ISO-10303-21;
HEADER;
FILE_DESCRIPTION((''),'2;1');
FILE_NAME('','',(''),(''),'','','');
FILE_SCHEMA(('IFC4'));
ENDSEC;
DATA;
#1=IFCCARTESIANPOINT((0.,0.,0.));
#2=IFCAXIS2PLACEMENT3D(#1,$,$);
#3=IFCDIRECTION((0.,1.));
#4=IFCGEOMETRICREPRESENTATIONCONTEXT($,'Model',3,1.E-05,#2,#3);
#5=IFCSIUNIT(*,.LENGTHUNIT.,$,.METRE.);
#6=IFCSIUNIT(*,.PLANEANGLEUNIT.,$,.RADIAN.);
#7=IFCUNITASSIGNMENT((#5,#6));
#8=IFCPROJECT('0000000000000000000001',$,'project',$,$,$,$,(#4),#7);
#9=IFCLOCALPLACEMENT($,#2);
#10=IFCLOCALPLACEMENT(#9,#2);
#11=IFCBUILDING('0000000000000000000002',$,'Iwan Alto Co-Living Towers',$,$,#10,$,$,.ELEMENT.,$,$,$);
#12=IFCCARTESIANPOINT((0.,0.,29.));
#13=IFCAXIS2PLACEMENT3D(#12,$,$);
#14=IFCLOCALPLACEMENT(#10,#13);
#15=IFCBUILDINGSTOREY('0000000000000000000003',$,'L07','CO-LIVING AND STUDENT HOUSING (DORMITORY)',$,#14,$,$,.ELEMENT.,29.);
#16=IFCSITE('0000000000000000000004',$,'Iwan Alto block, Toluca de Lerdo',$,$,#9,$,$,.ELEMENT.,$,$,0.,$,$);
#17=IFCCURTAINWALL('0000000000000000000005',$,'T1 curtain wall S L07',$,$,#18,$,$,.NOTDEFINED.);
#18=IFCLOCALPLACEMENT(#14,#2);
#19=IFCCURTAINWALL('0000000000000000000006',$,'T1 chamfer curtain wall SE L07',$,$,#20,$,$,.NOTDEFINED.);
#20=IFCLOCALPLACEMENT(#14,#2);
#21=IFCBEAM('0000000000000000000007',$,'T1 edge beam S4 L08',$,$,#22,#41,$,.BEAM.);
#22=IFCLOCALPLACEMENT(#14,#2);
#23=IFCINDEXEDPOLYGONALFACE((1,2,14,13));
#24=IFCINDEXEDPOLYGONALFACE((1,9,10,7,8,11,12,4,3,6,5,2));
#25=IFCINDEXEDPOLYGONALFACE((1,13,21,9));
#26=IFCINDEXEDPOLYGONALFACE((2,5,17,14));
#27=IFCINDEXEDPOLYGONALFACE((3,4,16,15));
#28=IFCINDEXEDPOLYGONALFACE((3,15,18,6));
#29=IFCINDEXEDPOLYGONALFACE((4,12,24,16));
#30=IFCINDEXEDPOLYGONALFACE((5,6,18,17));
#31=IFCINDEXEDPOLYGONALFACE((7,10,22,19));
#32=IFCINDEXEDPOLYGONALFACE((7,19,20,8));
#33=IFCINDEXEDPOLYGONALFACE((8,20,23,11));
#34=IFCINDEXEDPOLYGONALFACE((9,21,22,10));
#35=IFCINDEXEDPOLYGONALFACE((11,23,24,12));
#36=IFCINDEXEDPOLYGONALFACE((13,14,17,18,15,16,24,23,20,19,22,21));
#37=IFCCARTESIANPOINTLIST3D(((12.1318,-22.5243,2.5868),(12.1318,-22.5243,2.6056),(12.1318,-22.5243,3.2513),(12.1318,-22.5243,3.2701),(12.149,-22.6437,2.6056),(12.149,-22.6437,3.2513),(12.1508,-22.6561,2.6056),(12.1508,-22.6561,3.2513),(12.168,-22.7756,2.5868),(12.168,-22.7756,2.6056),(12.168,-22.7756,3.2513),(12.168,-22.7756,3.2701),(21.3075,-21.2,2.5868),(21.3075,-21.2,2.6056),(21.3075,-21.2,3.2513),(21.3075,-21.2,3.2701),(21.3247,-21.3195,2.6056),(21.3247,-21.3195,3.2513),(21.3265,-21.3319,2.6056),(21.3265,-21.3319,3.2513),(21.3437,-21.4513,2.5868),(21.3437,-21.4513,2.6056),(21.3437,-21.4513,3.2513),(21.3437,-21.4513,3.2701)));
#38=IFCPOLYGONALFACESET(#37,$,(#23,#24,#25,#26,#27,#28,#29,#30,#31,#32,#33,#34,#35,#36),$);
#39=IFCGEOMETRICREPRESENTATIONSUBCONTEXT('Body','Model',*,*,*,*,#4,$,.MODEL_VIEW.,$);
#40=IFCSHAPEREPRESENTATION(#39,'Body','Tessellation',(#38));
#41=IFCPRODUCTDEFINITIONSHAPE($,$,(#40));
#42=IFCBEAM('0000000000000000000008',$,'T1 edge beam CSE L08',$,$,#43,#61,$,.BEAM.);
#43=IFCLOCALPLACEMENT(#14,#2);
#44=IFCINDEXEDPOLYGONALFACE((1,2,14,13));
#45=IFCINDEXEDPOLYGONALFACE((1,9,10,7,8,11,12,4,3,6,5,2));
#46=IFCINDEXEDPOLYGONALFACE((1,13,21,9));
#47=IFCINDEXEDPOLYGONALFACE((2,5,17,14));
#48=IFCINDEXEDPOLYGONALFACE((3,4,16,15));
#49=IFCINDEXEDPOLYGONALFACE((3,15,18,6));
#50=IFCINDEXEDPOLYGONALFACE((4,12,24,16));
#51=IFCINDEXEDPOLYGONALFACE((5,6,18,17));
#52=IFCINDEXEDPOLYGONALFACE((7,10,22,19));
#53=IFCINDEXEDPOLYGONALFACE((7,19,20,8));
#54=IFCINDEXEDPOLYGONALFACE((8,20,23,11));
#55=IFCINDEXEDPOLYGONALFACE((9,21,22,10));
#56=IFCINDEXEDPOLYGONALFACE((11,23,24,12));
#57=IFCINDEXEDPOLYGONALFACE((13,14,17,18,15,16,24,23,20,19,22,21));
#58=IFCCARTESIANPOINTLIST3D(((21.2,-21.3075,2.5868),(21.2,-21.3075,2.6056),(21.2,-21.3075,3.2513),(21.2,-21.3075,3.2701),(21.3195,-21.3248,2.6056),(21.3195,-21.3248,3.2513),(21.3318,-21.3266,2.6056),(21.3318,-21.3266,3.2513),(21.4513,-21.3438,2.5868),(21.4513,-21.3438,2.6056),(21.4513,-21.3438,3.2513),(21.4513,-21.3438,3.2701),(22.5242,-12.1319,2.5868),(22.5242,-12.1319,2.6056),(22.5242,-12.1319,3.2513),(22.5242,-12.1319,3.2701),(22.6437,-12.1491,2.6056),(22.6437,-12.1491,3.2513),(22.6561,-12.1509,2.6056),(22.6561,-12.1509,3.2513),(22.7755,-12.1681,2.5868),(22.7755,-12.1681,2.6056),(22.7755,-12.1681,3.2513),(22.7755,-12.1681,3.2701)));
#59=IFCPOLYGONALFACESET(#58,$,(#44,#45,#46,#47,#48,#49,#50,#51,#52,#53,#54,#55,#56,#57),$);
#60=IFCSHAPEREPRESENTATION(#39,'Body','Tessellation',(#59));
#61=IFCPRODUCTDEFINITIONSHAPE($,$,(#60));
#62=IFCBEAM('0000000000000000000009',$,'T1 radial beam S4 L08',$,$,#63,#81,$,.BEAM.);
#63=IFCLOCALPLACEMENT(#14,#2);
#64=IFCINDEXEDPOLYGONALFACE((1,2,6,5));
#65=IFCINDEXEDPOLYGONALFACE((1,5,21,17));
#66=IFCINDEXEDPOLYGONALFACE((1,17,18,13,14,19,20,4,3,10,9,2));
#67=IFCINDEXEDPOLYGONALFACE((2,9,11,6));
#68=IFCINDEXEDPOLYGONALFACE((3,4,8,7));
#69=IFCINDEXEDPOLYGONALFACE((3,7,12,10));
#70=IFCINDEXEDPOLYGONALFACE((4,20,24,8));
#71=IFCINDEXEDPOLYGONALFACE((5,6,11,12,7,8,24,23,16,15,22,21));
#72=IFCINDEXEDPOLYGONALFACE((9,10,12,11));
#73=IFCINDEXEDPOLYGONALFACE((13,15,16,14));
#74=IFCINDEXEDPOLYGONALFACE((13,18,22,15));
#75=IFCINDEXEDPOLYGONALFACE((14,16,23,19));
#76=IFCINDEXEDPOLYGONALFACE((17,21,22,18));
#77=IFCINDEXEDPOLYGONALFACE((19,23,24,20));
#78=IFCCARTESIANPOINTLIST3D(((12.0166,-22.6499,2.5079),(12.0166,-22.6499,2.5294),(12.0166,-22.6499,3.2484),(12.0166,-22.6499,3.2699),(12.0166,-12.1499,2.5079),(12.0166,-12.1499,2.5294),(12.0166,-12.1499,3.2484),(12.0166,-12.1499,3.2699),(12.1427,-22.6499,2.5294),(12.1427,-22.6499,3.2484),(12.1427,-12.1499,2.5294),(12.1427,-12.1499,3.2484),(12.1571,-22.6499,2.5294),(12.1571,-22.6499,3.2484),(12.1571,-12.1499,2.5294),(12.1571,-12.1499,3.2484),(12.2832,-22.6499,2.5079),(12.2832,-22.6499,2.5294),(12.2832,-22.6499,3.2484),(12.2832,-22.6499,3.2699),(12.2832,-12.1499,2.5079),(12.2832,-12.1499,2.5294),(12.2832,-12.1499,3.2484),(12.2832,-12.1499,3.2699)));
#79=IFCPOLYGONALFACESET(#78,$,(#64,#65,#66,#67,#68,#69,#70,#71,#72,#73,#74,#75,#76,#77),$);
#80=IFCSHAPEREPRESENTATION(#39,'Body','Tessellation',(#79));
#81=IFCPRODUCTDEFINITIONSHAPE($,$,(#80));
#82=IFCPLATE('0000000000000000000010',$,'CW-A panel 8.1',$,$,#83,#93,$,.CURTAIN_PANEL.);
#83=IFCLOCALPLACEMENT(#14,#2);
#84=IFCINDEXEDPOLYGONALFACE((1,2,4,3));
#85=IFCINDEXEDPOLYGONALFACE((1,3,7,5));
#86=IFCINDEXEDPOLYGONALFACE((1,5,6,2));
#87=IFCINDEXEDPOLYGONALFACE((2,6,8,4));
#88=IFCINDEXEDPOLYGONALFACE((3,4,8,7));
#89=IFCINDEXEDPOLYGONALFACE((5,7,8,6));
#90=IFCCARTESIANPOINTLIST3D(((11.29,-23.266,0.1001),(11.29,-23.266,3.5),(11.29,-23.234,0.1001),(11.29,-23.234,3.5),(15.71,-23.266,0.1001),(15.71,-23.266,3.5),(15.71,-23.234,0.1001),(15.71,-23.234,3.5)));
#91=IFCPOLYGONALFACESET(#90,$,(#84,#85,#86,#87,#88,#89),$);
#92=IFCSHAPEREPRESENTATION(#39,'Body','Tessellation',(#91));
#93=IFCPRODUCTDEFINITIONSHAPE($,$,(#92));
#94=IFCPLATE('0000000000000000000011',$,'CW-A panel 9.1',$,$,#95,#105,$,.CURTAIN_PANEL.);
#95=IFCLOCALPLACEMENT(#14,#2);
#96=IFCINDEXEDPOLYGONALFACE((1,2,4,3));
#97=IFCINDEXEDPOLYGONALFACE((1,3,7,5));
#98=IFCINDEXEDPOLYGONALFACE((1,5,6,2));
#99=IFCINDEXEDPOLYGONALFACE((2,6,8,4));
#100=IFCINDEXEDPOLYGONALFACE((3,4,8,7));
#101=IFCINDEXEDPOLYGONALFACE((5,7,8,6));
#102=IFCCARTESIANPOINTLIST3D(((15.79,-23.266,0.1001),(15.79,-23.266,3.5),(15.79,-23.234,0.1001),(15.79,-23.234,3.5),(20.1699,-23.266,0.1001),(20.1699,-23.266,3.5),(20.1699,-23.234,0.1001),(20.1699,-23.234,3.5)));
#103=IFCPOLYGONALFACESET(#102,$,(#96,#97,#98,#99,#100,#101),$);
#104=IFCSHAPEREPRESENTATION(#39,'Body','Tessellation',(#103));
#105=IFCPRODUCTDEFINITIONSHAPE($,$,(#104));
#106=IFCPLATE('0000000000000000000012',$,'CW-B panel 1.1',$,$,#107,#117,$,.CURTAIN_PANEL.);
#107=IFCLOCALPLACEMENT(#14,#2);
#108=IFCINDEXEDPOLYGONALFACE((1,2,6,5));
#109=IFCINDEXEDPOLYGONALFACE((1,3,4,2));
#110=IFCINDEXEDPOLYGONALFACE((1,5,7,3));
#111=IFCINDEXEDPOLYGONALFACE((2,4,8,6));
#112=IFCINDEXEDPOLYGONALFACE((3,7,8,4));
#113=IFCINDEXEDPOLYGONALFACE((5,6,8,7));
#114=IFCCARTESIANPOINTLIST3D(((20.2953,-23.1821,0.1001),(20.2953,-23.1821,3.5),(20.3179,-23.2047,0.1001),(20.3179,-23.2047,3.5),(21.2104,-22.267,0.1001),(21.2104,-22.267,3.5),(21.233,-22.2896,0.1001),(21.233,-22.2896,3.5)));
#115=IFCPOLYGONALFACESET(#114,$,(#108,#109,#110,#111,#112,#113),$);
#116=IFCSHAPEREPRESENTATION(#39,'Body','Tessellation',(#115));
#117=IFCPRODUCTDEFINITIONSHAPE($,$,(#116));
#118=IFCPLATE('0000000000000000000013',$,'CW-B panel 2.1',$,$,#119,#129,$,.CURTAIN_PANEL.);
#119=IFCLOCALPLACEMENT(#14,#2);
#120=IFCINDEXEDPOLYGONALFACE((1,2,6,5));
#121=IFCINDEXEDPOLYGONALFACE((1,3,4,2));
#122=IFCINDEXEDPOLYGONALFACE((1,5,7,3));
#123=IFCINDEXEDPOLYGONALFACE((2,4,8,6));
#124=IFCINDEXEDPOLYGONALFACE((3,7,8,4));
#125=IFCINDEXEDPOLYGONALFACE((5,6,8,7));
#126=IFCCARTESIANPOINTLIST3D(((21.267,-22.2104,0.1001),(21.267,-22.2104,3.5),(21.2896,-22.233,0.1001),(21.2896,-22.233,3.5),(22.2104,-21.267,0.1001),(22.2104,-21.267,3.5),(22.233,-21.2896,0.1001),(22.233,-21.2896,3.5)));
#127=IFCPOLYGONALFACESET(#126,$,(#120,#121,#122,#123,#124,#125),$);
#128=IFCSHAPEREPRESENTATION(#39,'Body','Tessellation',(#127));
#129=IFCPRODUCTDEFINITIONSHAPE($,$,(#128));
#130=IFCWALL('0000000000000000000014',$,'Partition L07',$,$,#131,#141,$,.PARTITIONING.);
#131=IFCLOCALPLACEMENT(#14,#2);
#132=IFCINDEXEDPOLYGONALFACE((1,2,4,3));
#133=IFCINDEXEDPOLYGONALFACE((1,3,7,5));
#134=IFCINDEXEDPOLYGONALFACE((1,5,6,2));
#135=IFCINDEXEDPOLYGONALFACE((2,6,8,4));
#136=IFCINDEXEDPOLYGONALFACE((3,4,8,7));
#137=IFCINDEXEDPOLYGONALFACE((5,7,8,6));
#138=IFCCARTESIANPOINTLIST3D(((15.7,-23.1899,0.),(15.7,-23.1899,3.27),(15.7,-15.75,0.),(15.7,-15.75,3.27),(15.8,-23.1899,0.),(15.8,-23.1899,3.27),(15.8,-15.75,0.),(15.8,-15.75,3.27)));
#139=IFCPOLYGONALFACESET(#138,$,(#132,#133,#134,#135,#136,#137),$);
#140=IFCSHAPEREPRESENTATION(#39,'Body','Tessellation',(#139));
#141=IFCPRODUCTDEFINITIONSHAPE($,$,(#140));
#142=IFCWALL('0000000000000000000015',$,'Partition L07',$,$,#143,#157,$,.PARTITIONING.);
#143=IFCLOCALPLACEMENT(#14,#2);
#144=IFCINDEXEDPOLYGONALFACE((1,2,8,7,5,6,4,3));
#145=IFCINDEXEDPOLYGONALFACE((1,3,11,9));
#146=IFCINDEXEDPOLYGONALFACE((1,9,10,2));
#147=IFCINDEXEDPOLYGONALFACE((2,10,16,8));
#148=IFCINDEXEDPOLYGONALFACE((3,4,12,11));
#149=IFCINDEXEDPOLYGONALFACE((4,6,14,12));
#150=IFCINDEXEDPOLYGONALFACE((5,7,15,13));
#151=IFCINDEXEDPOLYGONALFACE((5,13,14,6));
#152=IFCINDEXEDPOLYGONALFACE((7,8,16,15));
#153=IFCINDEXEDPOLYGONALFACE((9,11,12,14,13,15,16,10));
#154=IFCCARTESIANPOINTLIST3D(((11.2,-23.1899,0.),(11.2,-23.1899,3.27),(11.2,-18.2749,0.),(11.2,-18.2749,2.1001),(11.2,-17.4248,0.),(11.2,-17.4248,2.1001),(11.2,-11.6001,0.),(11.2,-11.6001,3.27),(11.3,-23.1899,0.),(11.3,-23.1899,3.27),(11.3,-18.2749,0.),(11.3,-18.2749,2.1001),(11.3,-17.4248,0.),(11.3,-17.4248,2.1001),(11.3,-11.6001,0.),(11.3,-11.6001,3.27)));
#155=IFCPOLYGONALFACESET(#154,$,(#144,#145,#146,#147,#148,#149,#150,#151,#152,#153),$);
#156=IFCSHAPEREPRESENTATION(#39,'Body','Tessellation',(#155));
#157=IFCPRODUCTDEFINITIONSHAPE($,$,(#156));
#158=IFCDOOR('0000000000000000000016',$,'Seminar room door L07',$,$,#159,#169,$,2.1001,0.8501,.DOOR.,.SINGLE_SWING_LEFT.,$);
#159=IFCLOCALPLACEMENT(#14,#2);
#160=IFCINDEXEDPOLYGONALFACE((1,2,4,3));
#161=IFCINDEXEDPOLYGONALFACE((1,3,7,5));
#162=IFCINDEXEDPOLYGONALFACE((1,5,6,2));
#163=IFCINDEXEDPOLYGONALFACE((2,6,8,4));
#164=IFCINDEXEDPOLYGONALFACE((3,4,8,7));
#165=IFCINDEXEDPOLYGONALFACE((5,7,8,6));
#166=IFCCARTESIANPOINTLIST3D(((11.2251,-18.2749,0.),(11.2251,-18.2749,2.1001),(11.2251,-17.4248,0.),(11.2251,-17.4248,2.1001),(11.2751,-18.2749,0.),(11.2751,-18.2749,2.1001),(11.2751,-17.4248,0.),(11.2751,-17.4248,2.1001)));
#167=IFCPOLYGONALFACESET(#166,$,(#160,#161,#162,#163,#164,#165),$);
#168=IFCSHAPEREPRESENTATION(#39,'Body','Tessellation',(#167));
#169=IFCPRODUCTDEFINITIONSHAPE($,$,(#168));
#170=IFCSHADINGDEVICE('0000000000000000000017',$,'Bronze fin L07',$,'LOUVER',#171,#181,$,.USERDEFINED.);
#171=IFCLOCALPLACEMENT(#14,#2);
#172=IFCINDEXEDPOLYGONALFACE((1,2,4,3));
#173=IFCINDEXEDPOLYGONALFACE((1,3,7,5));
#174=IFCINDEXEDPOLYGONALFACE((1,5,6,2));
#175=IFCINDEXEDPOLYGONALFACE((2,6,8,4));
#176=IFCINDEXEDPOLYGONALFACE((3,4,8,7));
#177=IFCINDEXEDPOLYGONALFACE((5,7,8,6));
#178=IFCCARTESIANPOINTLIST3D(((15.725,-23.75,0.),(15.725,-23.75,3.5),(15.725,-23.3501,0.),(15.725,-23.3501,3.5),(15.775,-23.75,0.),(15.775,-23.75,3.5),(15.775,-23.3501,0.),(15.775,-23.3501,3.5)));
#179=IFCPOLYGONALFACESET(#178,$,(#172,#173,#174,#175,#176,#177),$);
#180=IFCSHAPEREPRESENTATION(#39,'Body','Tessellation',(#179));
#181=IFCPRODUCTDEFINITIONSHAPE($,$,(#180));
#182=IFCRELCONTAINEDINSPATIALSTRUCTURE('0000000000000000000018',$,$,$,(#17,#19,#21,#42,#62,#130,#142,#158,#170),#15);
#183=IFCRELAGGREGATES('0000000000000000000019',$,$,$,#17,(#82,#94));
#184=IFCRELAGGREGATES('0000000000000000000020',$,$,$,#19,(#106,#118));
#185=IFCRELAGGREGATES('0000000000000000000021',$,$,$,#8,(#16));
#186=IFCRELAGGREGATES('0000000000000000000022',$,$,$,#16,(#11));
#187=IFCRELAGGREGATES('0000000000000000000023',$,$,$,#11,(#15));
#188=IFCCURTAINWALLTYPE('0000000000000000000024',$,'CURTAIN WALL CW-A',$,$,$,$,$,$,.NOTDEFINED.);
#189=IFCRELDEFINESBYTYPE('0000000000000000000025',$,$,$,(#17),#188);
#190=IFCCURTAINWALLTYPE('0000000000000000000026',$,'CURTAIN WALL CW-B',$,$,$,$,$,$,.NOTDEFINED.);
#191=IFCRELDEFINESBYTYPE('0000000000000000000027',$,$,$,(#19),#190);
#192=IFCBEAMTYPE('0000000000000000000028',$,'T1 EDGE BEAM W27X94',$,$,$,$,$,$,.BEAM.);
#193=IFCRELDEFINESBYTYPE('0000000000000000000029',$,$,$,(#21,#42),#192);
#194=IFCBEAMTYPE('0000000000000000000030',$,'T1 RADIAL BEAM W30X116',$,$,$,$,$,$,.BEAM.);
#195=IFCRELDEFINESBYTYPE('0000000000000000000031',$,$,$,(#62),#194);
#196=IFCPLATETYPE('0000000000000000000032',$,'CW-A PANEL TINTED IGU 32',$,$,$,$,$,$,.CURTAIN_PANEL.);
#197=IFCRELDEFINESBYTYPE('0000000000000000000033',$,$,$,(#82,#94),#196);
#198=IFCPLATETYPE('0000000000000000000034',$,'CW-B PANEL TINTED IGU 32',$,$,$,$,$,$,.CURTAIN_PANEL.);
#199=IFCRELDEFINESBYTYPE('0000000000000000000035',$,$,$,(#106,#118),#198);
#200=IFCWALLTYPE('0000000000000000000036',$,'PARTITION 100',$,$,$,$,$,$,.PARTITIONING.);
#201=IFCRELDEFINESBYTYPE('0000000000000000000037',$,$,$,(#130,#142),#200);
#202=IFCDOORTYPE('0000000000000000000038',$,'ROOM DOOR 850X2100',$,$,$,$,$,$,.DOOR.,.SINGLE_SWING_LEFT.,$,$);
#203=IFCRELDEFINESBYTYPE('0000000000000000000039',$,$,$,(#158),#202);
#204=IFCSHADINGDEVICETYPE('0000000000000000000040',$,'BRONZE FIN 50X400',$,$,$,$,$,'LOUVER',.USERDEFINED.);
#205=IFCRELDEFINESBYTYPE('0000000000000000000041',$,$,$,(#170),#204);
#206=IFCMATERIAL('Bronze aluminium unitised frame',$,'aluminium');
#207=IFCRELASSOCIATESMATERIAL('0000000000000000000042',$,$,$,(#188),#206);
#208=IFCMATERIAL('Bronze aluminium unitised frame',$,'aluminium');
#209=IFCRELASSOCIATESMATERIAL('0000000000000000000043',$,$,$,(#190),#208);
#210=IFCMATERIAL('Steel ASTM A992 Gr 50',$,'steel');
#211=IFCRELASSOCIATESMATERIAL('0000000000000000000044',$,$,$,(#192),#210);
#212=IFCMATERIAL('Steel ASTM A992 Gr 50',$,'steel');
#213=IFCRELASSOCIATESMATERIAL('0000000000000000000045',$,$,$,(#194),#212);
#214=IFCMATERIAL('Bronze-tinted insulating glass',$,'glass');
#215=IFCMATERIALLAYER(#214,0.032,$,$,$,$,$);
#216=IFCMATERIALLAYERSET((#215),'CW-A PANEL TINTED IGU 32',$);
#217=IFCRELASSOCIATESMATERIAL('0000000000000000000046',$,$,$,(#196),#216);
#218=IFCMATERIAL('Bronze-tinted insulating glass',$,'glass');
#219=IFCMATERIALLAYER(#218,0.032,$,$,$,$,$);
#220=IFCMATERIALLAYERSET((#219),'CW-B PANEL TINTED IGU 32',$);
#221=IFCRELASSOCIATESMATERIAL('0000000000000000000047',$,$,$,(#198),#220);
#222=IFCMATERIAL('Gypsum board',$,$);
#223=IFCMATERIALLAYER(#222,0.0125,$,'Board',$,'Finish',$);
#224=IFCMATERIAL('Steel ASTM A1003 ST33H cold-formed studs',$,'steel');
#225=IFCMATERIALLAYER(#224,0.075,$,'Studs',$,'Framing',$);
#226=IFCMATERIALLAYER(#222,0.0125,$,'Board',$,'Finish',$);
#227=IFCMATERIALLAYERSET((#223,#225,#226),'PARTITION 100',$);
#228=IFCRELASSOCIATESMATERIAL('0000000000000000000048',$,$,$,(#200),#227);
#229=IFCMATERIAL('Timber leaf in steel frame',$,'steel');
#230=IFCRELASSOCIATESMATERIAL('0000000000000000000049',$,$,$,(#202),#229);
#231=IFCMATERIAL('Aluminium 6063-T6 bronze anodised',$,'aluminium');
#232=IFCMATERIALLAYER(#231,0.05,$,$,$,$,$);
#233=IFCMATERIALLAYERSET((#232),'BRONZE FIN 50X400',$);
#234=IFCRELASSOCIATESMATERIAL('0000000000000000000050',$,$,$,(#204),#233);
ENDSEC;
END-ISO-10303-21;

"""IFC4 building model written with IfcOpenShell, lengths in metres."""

from ifc_helpers import new_model, si_unit, direction, frame, frame_2d, origin, origin_2d, place, context, subcontext, project, spatial, rectangle, i_section, extrude, material, layer, layer_set, material_profile, profile_set, type_object, element, fill, aggregate, save


model = new_model("IFC4")

# Units and contexts
model_context = context("Model", 3, precision=1e-05, world=origin(), true_north=direction((0.0, 1.0)))
body_context = subcontext(model_context, "Body", "Model", "MODEL_VIEW")
ifc_project = project(units=[si_unit("LENGTHUNIT", "METRE"), si_unit("PLANEANGLEUNIT", "RADIAN")], contexts=[model_context])

# Site, building, storey
site_placement = place(None, origin())
site = spatial("IfcSite", under=ifc_project, at=site_placement, Name="Iwan Alto block, Toluca de Lerdo", CompositionType="ELEMENT", RefElevation=0.0)
building_placement = place(site_placement, origin())
building = spatial("IfcBuilding", under=site, at=building_placement, Name="Iwan Alto Co-Living Towers", CompositionType="ELEMENT")
storey_placement = place(building_placement, frame((0.0, 0.0, 29.0)))
storey = spatial("IfcBuildingStorey", under=building, at=storey_placement, Name="L07", Description="CO-LIVING AND STUDENT HOUSING (DORMITORY)", CompositionType="ELEMENT", Elevation=29.0)

# Curtain walls
ifc_material_1 = material(Name="Bronze aluminium unitised frame", Category="aluminium")
curtain_wall_type_1 = type_object("IfcCurtainWallType", Name="CURTAIN WALL CW-A", PredefinedType="NOTDEFINED", material=ifc_material_1)
curtain_wall_1_placement = place(storey_placement, origin())
curtain_wall_1 = element("IfcCurtainWall", 1, at=curtain_wall_1_placement, inside=storey, type_object=curtain_wall_type_1, Name="T1 curtain wall S L07", PredefinedType="NOTDEFINED")
ifc_material_2 = material(Name="Bronze aluminium unitised frame", Category="aluminium")
curtain_wall_type_2 = type_object("IfcCurtainWallType", Name="CURTAIN WALL CW-B", PredefinedType="NOTDEFINED", material=ifc_material_2)
curtain_wall_2_placement = place(storey_placement, origin())
curtain_wall_2 = element("IfcCurtainWall", 2, at=curtain_wall_2_placement, inside=storey, type_object=curtain_wall_type_2, Name="T1 chamfer curtain wall SE L07", PredefinedType="NOTDEFINED")

# Beams
ifc_material_3 = material(Name="Steel ASTM A992 Gr 50", Category="steel")
ifc_material_profile_1 = material_profile(ifc_material_3, i_section(OverallWidth=0.2539, OverallDepth=0.6833, WebThickness=0.0125, FlangeThickness=0.0188, at=origin_2d()), Name="W27X94")
ifc_profile_set_1 = profile_set([ifc_material_profile_1], Name="Steel ASTM A992 Gr 50")
beam_type_1 = type_object("IfcBeamType", Name="T1 EDGE BEAM W27X94", PredefinedType="BEAM", material=ifc_profile_set_1)
for number, where, z_axis, x_axis, name in (
    (3, (12.1499, -22.6499, 2.9285), (0.989746, 0.142837, 0.0), (-0.142837, 0.989746, 0.0), "T1 edge beam S4 L08"),
    (4, (21.3257, -21.3257, 2.9285), (0.142837, 0.989746, 0.0), (-0.989746, 0.142837, 0.0), "T1 edge beam CSE L08"),
):
    element("IfcBeam", number, at=place(storey_placement, frame(where, z_axis=z_axis, x_axis=x_axis)), inside=storey, type_object=beam_type_1, Name=name, PredefinedType="BEAM", context=body_context, shape_type="SweptSolid", body=[
        extrude(i_section(OverallWidth=0.2539, OverallDepth=0.6833, WebThickness=0.0125, FlangeThickness=0.0188, at=origin_2d()), origin(), (0.0, 0.0, 1.0), 9.2708),
    ])
ifc_material_4 = material(Name="Steel ASTM A992 Gr 50", Category="steel")
ifc_material_profile_2 = material_profile(ifc_material_4, i_section(OverallWidth=0.2666, OverallDepth=0.762, WebThickness=0.0144, FlangeThickness=0.0215, at=origin_2d()), Name="W30X116")
ifc_profile_set_2 = profile_set([ifc_material_profile_2], Name="Steel ASTM A992 Gr 50")
beam_type_2 = type_object("IfcBeamType", Name="T1 RADIAL BEAM W30X116", PredefinedType="BEAM", material=ifc_profile_set_2)
beam_1_placement = place(storey_placement, frame((12.1499, -22.6499, 2.8889), z_axis=(0.0, 1.0, 0.0), x_axis=(-1.0, 0.0, 0.0)))
element("IfcBeam", 5, at=beam_1_placement, inside=storey, type_object=beam_type_2, Name="T1 radial beam S4 L08", PredefinedType="BEAM", context=body_context, shape_type="SweptSolid", body=[
    extrude(i_section(OverallWidth=0.2666, OverallDepth=0.762, WebThickness=0.0144, FlangeThickness=0.0215, at=origin_2d()), origin(), (0.0, 0.0, 1.0), 10.5),
])

# Plates
ifc_material_5 = material(Name="Bronze-tinted insulating glass", Category="glass")
ifc_layer_1 = layer(ifc_material_5, 0.032)
ifc_layer_set_1 = layer_set([ifc_layer_1], Name="CW-A PANEL TINTED IGU 32")
plate_type_1 = type_object("IfcPlateType", Name="CW-A PANEL TINTED IGU 32", PredefinedType="CURTAIN_PANEL", material=ifc_layer_set_1)
plate_1_placement = place(storey_placement, frame((13.5, -23.25, 0.1001), z_axis=(0.0, 0.0, 1.0), x_axis=(1.0, 0.0, 0.0)))
plate_1 = element("IfcPlate", 6, at=plate_1_placement, type_object=plate_type_1, Name="CW-A panel 8.1", PredefinedType="CURTAIN_PANEL", context=body_context, shape_type="SweptSolid", body=[
    extrude(rectangle(XDim=4.4199, YDim=0.032, at=origin_2d()), origin(), (0.0, 0.0, 1.0), 3.3999),
])
plate_2_placement = place(storey_placement, frame((17.98, -23.25, 0.1001), z_axis=(0.0, 0.0, 1.0), x_axis=(1.0, 0.0, 0.0)))
plate_2 = element("IfcPlate", 7, at=plate_2_placement, type_object=plate_type_1, Name="CW-A panel 9.1", PredefinedType="CURTAIN_PANEL", context=body_context, shape_type="SweptSolid", body=[
    extrude(rectangle(XDim=4.3799, YDim=0.032, at=origin_2d()), origin(), (0.0, 0.0, 1.0), 3.3999),
])
aggregate(curtain_wall_1, [plate_1, plate_2])
ifc_material_6 = material(Name="Bronze-tinted insulating glass", Category="glass")
ifc_layer_2 = layer(ifc_material_6, 0.032)
ifc_layer_set_2 = layer_set([ifc_layer_2], Name="CW-B PANEL TINTED IGU 32")
plate_type_2 = type_object("IfcPlateType", Name="CW-B PANEL TINTED IGU 32", PredefinedType="CURTAIN_PANEL", material=ifc_layer_set_2)
plate_3_placement = place(storey_placement, frame((20.7642, -22.7358, 0.1001), z_axis=(0.0, 0.0, 1.0), x_axis=(0.707107, 0.707107, 0.0)))
plate_3 = element("IfcPlate", 8, at=plate_3_placement, type_object=plate_type_2, Name="CW-B panel 1.1", PredefinedType="CURTAIN_PANEL", context=body_context, shape_type="SweptSolid", body=[
    extrude(rectangle(XDim=1.2942, YDim=0.032, at=origin_2d()), origin(), (0.0, 0.0, 1.0), 3.3999),
])
plate_4_placement = place(storey_placement, frame((21.75, -21.75, 0.1001), z_axis=(0.0, 0.0, 1.0), x_axis=(0.707107, 0.707107, 0.0)))
plate_4 = element("IfcPlate", 9, at=plate_4_placement, type_object=plate_type_2, Name="CW-B panel 2.1", PredefinedType="CURTAIN_PANEL", context=body_context, shape_type="SweptSolid", body=[
    extrude(rectangle(XDim=1.3342, YDim=0.032, at=origin_2d()), origin(), (0.0, 0.0, 1.0), 3.3999),
])
aggregate(curtain_wall_2, [plate_3, plate_4])

# Wall
ifc_material_7 = material(Name="Gypsum board")
ifc_layer_3 = layer(ifc_material_7, 0.0125, Name="Board", Category="Finish")
ifc_material_8 = material(Name="Steel ASTM A1003 ST33H cold-formed studs", Category="steel")
ifc_layer_4 = layer(ifc_material_8, 0.075, Name="Studs", Category="Framing")
ifc_layer_5 = layer(ifc_material_7, 0.0125, Name="Board", Category="Finish")
ifc_layer_set_3 = layer_set([ifc_layer_3, ifc_layer_4, ifc_layer_5], Name="PARTITION 100")
wall_type = type_object("IfcWallType", Name="PARTITION 100", PredefinedType="PARTITIONING", material=ifc_layer_set_3)
wall_1_placement = place(storey_placement, frame((15.75, -23.1899, 0.0), z_axis=(0.0, 0.0, 1.0), x_axis=(0.0, 1.0, 0.0)))
element("IfcWall", 10, at=wall_1_placement, inside=storey, type_object=wall_type, Name="Partition L07", PredefinedType="PARTITIONING", context=body_context, shape_type="SweptSolid", body=[
    extrude(rectangle(XDim=7.4399, YDim=0.1001, at=frame_2d((3.72, 0.0))), origin(), (0.0, 0.0, 1.0), 3.27),
])

# Wall, opening, door
wall_2_placement = place(storey_placement, frame((11.25, -23.1899, 0.0), z_axis=(0.0, 0.0, 1.0), x_axis=(0.0, 1.0, 0.0)))
wall_2 = element("IfcWall", 11, at=wall_2_placement, inside=storey, type_object=wall_type, Name="Partition L07", PredefinedType="PARTITIONING", context=body_context, shape_type="SweptSolid", body=[
    extrude(rectangle(XDim=11.5898, YDim=0.1001, at=frame_2d((5.7949, 0.0))), origin(), (0.0, 0.0, 1.0), 3.27),
])
opening_placement = place(wall_2_placement, frame((4.915, 0.0, 0.0)))
opening = element("IfcOpeningElement", 12, at=opening_placement, cuts=wall_2, PredefinedType="OPENING", context=body_context, shape_type="SweptSolid", body=[
    extrude(rectangle(XDim=0.8501, YDim=2.1001, at=frame_2d((0.425, 1.05))), frame((0.0, 0.0601, 0.0), z_axis=(0.0, -1.0, 0.0), x_axis=(1.0, 0.0, 0.0)), (0.0, 0.0, 1.0), 0.1201),
])
ifc_material_9 = material(Name="Timber leaf in steel frame", Category="steel")
door_type = type_object("IfcDoorType", Name="ROOM DOOR 850X2100", OperationType="SINGLE_SWING_LEFT", PredefinedType="DOOR", material=ifc_material_9)
door_placement = place(opening_placement, origin())
door = element("IfcDoor", 13, at=door_placement, inside=storey, type_object=door_type, Name="Seminar room door L07", OperationType="SINGLE_SWING_LEFT", OverallHeight=2.1001, OverallWidth=0.8501, PredefinedType="DOOR", context=body_context, shape_type="SweptSolid", body=[
    extrude(rectangle(XDim=0.8501, YDim=2.1001, at=frame_2d((0.425, 1.05))), frame((0.0, 0.0249, 0.0), z_axis=(0.0, -1.0, 0.0), x_axis=(1.0, 0.0, 0.0)), (0.0, 0.0, 1.0), 0.05),
])
fill(opening, door)

# Shading device
ifc_material_10 = material(Name="Aluminium 6063-T6 bronze anodised", Category="aluminium")
ifc_layer_6 = layer(ifc_material_10, 0.05)
ifc_layer_set_4 = layer_set([ifc_layer_6], Name="BRONZE FIN 50X400")
shading_device_type = type_object("IfcShadingDeviceType", Name="BRONZE FIN 50X400", ElementType="LOUVER", PredefinedType="USERDEFINED", material=ifc_layer_set_4)
shading_device_placement = place(storey_placement, frame((15.75, -23.55, 0.0), z_axis=(0.0, 0.0, 1.0), x_axis=(1.0, 0.0, 0.0)))
element("IfcShadingDevice", 14, at=shading_device_placement, inside=storey, type_object=shading_device_type, Name="Bronze fin L07", ObjectType="LOUVER", PredefinedType="USERDEFINED", context=body_context, shape_type="SweptSolid", body=[
    extrude(rectangle(XDim=0.05, YDim=0.3999, at=origin_2d()), origin(), (0.0, 0.0, 1.0), 3.5),
])

save(model, "model.ifc")
